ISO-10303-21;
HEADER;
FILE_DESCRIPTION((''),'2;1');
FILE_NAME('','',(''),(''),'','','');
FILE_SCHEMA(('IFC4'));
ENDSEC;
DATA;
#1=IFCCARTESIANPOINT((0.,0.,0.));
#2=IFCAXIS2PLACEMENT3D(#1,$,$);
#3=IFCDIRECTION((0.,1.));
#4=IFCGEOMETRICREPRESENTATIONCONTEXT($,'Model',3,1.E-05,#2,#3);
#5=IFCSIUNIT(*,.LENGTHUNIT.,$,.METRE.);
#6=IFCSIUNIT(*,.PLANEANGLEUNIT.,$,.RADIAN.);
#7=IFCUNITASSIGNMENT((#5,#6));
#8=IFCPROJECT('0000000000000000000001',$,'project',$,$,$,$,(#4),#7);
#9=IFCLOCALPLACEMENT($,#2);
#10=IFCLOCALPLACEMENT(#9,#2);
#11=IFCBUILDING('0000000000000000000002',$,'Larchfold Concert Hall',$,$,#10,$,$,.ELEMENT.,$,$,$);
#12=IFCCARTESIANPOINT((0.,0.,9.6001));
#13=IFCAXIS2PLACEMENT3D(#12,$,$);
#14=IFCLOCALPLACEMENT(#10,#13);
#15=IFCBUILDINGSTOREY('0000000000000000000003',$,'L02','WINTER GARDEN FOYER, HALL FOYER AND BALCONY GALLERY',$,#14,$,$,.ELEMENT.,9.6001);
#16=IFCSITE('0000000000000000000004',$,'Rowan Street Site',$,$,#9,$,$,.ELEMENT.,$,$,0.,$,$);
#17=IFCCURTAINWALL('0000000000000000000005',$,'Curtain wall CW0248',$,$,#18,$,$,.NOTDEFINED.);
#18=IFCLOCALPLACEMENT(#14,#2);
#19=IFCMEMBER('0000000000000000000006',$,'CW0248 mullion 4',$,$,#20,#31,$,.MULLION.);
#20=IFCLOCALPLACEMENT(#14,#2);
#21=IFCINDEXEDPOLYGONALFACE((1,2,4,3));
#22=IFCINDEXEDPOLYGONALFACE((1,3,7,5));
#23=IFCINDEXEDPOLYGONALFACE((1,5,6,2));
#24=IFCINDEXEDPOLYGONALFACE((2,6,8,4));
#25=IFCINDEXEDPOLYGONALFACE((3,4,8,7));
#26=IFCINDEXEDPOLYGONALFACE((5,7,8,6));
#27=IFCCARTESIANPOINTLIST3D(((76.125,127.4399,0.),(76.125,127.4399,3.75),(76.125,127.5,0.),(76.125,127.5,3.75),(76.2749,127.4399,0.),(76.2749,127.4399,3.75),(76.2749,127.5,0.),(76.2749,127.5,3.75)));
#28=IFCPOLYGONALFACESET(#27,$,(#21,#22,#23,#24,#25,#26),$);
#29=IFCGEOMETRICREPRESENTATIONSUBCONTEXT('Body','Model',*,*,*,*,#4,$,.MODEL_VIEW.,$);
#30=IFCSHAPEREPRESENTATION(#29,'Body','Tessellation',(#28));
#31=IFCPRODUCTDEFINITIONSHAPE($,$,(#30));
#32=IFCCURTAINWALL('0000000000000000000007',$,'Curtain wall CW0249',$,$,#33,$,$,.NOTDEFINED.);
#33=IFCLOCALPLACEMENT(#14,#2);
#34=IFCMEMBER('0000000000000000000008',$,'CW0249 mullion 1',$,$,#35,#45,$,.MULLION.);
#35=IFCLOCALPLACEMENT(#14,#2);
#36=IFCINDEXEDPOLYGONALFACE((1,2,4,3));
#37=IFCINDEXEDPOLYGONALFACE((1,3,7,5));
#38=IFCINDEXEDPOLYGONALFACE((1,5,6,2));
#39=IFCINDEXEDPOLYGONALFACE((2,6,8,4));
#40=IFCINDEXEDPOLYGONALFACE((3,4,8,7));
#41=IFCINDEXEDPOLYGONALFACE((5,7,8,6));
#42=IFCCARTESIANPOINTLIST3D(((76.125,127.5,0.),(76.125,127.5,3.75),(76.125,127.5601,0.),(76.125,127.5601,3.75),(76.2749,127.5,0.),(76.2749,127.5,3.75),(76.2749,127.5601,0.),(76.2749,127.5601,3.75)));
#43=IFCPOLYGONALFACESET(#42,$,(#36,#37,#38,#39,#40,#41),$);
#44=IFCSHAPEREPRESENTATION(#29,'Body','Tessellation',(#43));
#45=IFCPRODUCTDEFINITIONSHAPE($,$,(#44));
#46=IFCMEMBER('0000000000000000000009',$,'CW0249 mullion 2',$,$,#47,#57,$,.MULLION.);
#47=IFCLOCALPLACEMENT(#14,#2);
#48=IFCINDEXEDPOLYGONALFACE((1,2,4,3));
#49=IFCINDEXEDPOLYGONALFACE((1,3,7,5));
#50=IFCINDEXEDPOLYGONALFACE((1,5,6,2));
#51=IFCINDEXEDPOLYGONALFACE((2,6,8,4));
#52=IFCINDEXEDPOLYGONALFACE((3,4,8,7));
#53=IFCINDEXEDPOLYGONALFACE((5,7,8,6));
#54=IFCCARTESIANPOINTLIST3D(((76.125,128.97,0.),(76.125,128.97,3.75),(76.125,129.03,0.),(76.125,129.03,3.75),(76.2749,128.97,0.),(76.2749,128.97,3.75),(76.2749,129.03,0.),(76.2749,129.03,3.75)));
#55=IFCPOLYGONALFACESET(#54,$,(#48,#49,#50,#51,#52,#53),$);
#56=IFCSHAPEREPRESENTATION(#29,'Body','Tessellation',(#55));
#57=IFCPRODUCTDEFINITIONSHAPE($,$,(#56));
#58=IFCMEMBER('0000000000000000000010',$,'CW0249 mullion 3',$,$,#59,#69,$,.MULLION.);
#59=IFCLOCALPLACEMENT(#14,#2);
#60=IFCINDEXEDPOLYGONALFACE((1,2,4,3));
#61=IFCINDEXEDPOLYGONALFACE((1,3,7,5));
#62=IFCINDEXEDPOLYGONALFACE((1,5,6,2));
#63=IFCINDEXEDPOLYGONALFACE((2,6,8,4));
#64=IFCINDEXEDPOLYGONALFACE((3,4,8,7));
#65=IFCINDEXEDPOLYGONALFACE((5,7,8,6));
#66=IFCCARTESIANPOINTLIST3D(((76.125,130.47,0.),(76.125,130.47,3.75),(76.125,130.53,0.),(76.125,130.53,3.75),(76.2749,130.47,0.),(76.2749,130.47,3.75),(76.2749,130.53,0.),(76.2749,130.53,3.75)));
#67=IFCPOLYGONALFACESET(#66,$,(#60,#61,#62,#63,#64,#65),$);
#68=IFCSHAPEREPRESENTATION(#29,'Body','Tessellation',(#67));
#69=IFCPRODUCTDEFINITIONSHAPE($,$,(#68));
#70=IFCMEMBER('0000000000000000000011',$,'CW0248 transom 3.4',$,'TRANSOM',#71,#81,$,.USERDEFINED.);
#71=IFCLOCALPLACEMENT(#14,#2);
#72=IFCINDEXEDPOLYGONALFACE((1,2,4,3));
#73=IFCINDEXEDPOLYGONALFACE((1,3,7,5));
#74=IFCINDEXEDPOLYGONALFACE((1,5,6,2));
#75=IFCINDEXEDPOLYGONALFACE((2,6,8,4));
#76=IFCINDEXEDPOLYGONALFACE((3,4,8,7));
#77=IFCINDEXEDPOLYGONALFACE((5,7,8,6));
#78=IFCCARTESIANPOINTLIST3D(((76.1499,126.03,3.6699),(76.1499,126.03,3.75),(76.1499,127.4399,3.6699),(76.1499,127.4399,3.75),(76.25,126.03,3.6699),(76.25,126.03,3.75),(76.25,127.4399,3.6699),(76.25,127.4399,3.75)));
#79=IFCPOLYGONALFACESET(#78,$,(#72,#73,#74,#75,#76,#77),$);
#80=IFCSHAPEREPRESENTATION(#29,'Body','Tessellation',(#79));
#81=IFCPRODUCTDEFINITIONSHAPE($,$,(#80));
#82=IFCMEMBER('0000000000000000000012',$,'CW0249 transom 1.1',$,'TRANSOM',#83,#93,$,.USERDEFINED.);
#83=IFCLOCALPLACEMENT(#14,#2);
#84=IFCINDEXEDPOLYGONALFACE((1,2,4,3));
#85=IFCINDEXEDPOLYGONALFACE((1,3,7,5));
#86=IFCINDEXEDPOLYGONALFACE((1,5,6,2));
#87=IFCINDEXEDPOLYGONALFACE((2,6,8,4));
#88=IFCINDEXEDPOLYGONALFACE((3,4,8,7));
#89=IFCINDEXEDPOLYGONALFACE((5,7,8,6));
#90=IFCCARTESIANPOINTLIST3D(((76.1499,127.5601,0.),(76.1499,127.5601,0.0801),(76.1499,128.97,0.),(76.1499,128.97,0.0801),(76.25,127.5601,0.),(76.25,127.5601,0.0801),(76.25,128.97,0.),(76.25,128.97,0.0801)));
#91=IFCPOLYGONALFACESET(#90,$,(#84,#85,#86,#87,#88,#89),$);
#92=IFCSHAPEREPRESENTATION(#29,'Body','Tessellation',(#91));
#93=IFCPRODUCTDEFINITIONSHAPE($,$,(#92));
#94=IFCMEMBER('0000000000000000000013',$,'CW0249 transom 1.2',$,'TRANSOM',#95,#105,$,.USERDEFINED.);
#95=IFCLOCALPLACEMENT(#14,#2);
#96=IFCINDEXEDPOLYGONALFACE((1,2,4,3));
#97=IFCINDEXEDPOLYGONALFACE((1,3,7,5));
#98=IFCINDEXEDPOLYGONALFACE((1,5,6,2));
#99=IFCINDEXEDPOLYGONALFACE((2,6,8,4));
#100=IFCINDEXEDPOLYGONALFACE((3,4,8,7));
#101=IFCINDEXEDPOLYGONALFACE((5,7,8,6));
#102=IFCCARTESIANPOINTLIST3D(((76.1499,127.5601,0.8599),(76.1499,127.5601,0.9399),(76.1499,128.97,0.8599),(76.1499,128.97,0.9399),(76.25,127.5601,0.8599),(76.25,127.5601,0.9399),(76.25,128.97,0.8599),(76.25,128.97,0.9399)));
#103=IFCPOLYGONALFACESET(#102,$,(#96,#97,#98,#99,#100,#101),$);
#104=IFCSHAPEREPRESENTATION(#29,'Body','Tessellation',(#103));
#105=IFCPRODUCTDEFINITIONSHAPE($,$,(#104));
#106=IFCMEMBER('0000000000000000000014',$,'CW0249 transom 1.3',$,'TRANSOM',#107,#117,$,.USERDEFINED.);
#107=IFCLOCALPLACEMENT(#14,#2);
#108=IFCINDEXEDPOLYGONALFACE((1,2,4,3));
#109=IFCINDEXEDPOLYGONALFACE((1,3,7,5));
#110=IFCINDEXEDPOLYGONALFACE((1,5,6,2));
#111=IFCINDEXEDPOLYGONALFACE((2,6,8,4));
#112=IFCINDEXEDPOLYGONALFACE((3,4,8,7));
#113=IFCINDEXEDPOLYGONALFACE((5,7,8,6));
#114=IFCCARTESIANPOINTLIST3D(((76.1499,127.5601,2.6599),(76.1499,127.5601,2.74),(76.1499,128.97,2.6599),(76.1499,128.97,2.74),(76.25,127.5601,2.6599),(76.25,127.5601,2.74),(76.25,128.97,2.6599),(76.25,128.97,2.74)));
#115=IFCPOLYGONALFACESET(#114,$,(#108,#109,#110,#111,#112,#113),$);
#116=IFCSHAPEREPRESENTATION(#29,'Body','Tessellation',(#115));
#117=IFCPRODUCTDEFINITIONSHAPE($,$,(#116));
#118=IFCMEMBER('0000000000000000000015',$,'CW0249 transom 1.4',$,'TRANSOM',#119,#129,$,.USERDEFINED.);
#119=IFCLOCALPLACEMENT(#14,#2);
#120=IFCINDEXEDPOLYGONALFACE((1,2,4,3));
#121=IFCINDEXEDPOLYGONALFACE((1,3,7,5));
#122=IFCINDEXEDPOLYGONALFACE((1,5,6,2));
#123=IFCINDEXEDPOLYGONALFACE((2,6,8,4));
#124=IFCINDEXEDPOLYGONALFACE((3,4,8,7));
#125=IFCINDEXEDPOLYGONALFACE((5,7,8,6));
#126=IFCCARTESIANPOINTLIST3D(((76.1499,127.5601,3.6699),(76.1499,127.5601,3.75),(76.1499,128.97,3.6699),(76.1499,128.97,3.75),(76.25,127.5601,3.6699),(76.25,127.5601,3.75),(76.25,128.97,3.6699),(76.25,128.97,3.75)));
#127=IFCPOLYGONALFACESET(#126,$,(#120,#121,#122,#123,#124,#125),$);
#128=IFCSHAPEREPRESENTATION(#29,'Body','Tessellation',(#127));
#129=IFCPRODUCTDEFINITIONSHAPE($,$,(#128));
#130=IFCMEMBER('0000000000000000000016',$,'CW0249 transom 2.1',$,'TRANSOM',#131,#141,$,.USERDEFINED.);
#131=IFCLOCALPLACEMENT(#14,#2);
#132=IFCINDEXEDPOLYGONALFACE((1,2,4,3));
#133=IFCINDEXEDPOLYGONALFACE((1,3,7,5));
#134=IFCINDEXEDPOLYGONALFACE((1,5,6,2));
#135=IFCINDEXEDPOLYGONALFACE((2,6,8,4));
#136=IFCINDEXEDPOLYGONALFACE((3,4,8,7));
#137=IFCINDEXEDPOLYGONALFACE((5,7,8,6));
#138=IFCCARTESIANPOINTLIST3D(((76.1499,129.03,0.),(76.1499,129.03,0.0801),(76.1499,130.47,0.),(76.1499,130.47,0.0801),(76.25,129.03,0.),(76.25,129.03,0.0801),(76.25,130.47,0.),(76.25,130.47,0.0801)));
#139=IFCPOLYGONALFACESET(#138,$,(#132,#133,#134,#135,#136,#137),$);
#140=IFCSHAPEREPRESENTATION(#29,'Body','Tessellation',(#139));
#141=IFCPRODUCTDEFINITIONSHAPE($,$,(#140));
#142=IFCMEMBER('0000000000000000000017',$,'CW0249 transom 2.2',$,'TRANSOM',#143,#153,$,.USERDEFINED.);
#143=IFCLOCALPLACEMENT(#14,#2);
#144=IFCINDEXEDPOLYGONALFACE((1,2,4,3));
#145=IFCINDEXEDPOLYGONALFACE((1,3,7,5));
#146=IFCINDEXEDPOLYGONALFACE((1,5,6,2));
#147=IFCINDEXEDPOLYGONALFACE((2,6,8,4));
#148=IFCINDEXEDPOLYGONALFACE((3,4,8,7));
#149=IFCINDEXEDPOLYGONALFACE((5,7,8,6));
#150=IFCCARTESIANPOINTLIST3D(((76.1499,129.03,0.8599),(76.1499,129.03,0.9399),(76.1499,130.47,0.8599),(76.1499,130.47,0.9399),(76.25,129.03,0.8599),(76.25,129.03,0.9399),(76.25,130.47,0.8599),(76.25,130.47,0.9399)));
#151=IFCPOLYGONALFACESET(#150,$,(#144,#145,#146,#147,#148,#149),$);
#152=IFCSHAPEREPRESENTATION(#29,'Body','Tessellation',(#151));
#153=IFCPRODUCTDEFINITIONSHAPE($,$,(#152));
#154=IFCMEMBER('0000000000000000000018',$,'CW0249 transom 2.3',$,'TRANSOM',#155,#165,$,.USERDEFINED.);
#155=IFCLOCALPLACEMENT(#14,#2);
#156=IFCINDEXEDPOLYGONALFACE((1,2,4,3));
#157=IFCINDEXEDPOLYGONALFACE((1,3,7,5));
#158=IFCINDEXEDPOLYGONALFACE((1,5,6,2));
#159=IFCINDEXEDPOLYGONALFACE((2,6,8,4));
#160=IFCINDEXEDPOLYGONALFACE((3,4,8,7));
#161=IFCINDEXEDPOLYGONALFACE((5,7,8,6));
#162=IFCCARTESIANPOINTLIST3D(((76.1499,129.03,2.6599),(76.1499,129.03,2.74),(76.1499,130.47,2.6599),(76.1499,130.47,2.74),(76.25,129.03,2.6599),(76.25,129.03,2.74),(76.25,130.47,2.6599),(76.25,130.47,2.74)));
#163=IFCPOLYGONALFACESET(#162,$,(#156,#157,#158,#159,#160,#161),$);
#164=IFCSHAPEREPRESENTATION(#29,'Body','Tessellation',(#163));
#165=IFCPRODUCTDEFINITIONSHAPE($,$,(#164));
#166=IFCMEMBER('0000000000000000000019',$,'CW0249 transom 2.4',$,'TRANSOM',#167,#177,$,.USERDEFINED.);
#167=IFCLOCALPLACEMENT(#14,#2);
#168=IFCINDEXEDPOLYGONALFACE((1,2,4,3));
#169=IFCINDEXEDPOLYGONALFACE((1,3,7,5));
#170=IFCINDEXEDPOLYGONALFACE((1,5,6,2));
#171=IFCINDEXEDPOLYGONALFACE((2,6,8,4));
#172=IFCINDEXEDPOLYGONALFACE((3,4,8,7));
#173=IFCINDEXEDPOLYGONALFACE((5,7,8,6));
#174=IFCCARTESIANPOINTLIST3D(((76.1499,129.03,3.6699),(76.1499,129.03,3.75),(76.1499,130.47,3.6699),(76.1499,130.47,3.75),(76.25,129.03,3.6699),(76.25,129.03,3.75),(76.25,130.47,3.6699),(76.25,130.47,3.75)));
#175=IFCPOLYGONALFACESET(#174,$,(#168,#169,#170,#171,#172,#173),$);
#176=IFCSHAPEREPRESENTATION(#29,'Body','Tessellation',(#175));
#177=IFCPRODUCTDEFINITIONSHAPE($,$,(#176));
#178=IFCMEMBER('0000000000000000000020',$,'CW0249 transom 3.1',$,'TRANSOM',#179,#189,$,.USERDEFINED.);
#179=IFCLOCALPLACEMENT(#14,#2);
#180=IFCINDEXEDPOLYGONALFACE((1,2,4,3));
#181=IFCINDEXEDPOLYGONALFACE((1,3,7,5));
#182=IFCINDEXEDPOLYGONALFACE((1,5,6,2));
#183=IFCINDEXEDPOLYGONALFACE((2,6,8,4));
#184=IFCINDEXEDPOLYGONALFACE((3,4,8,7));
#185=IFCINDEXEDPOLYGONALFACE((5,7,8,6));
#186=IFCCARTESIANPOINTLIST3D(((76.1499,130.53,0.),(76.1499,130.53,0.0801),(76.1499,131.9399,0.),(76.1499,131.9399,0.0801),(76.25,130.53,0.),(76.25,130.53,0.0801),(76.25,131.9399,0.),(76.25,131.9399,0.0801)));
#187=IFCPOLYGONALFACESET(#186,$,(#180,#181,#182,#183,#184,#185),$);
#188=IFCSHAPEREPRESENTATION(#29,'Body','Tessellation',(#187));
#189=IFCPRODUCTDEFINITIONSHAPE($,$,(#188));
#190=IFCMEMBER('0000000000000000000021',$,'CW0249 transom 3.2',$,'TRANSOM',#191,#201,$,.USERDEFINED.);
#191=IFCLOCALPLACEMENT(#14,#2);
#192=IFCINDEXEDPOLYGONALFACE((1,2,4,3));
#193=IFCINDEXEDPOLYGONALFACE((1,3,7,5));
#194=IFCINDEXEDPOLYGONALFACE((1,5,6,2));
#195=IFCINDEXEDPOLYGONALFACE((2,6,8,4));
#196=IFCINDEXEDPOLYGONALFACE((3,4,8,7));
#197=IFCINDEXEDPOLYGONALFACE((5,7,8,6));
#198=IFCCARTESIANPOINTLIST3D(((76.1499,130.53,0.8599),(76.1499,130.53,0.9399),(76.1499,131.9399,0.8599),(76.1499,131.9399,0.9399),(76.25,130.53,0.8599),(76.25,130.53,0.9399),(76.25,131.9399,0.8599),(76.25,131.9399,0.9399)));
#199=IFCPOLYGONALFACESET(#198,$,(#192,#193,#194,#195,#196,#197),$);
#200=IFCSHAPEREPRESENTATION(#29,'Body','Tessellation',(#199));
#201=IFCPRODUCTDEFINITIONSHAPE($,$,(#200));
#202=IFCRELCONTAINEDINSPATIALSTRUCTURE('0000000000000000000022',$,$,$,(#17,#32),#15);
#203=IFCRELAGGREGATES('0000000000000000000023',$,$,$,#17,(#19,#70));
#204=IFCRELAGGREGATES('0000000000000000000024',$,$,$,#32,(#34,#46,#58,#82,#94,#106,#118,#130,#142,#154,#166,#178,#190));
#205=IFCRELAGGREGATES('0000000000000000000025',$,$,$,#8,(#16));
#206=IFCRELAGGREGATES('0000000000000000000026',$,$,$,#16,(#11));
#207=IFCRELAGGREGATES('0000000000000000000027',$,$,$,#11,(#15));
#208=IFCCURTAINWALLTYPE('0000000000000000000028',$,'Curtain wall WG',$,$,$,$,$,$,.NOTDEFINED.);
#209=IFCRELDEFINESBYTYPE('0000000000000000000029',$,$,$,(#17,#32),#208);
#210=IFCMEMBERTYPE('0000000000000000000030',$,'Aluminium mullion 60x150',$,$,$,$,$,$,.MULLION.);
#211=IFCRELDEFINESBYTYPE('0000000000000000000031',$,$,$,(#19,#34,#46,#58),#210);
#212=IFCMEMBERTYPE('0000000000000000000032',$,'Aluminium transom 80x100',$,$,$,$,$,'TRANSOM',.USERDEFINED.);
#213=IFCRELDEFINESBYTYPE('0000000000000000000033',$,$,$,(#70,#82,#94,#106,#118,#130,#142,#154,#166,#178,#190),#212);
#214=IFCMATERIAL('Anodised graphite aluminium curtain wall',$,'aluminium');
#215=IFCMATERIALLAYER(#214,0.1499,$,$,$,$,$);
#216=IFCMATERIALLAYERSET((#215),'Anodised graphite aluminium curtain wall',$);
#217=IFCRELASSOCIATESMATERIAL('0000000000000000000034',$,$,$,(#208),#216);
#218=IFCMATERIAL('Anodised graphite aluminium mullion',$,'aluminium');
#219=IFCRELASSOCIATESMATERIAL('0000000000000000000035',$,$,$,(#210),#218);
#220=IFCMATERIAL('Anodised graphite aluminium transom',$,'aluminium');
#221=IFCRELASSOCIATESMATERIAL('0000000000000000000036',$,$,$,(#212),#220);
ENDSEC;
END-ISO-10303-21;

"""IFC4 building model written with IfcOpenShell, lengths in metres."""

from ifc_helpers import new_model, si_unit, direction, frame, origin, origin_2d, place, context, subcontext, project, spatial, rectangle, extrude, material, layer, layer_set, material_profile, profile_set, type_object, element, aggregate, save


model = new_model("IFC4")

# Units and contexts
model_context = context("Model", 3, precision=1e-05, world=origin(), true_north=direction((0.0, 1.0)))
body_context = subcontext(model_context, "Body", "Model", "MODEL_VIEW")
ifc_project = project(units=[si_unit("LENGTHUNIT", "METRE"), si_unit("PLANEANGLEUNIT", "RADIAN")], contexts=[model_context])

# Site, building, storey
site_placement = place(None, origin())
site = spatial("IfcSite", under=ifc_project, at=site_placement, Name="Rowan Street Site", CompositionType="ELEMENT", RefElevation=0.0)
building_placement = place(site_placement, origin())
building = spatial("IfcBuilding", under=site, at=building_placement, Name="Larchfold Concert Hall", CompositionType="ELEMENT")
storey_placement = place(building_placement, frame((0.0, 0.0, 9.6001)))
storey = spatial("IfcBuildingStorey", under=building, at=storey_placement, Name="L02", Description="WINTER GARDEN FOYER, HALL FOYER AND BALCONY GALLERY", CompositionType="ELEMENT", Elevation=9.6001)

# Curtain wall, member
ifc_material_1 = material(Name="Anodised graphite aluminium curtain wall", Category="aluminium")
ifc_layer_1 = layer(ifc_material_1, 0.1499)
ifc_layer_set_1 = layer_set([ifc_layer_1], Name="Anodised graphite aluminium curtain wall")
curtain_wall_type = type_object("IfcCurtainWallType", Name="Curtain wall WG", PredefinedType="NOTDEFINED", material=ifc_layer_set_1)
curtain_wall_1_placement = place(storey_placement, origin())
curtain_wall_1 = element("IfcCurtainWall", 1, at=curtain_wall_1_placement, inside=storey, type_object=curtain_wall_type, Name="Curtain wall CW0248", PredefinedType="NOTDEFINED")
ifc_material_2 = material(Name="Anodised graphite aluminium mullion", Category="aluminium")
ifc_material_profile_1 = material_profile(ifc_material_2, rectangle(XDim=0.1499, YDim=0.0601, at=origin_2d()))
ifc_profile_set_1 = profile_set([ifc_material_profile_1], Name="Anodised graphite aluminium mullion")
member_type_1 = type_object("IfcMemberType", Name="Aluminium mullion 60x150", PredefinedType="MULLION", material=ifc_profile_set_1)
member_1_placement = place(storey_placement, frame((76.2, 127.47, 0.0), z_axis=(0.0, 0.0, 1.0), x_axis=(-1.0, 0.0, 0.0)))
member_1 = element("IfcMember", 2, at=member_1_placement, type_object=member_type_1, Name="CW0248 mullion 4", PredefinedType="MULLION", context=body_context, shape_type="SweptSolid", body=[
    extrude(rectangle(XDim=0.1499, YDim=0.0601, at=origin_2d()), origin(), (0.0, 0.0, 1.0), 3.75),
])

# Curtain wall, members
curtain_wall_2_placement = place(storey_placement, origin())
curtain_wall_2 = element("IfcCurtainWall", 3, at=curtain_wall_2_placement, inside=storey, type_object=curtain_wall_type, Name="Curtain wall CW0249", PredefinedType="NOTDEFINED")
member_2_placement = place(storey_placement, frame((76.2, 127.53, 0.0), z_axis=(0.0, 0.0, 1.0), x_axis=(-1.0, 0.0, 0.0)))
member_2 = element("IfcMember", 4, at=member_2_placement, type_object=member_type_1, Name="CW0249 mullion 1", PredefinedType="MULLION", context=body_context, shape_type="SweptSolid", body=[
    extrude(rectangle(XDim=0.1499, YDim=0.0601, at=origin_2d()), origin(), (0.0, 0.0, 1.0), 3.75),
])
member_3_placement = place(storey_placement, frame((76.2, 129.0, 0.0), z_axis=(0.0, 0.0, 1.0), x_axis=(-1.0, 0.0, 0.0)))
member_3 = element("IfcMember", 5, at=member_3_placement, type_object=member_type_1, Name="CW0249 mullion 2", PredefinedType="MULLION", context=body_context, shape_type="SweptSolid", body=[
    extrude(rectangle(XDim=0.1499, YDim=0.0601, at=origin_2d()), origin(), (0.0, 0.0, 1.0), 3.75),
])
member_4_placement = place(storey_placement, frame((76.2, 130.5, 0.0), z_axis=(0.0, 0.0, 1.0), x_axis=(-1.0, 0.0, 0.0)))
member_4 = element("IfcMember", 6, at=member_4_placement, type_object=member_type_1, Name="CW0249 mullion 3", PredefinedType="MULLION", context=body_context, shape_type="SweptSolid", body=[
    extrude(rectangle(XDim=0.1499, YDim=0.0601, at=origin_2d()), origin(), (0.0, 0.0, 1.0), 3.75),
])

# Members
ifc_material_3 = material(Name="Anodised graphite aluminium transom", Category="aluminium")
ifc_material_profile_2 = material_profile(ifc_material_3, rectangle(XDim=0.1001, YDim=0.0801, at=origin_2d()))
ifc_profile_set_2 = profile_set([ifc_material_profile_2], Name="Anodised graphite aluminium transom")
member_type_2 = type_object("IfcMemberType", Name="Aluminium transom 80x100", ElementType="TRANSOM", PredefinedType="USERDEFINED", material=ifc_profile_set_2)
member_5_placement = place(storey_placement, frame((76.2, 126.03, 3.71), z_axis=(0.0, 1.0, 0.0), x_axis=(-1.0, 0.0, 0.0)))
member_5 = element("IfcMember", 7, at=member_5_placement, type_object=member_type_2, Name="CW0248 transom 3.4", ObjectType="TRANSOM", PredefinedType="USERDEFINED", context=body_context, shape_type="SweptSolid", body=[
    extrude(rectangle(XDim=0.1001, YDim=0.0801, at=origin_2d()), origin(), (0.0, 0.0, 1.0), 1.4099),
])
member_6_placement = place(storey_placement, frame((76.2, 127.5601, 0.04), z_axis=(0.0, 1.0, 0.0), x_axis=(-1.0, 0.0, 0.0)))
member_6 = element("IfcMember", 8, at=member_6_placement, type_object=member_type_2, Name="CW0249 transom 1.1", ObjectType="TRANSOM", PredefinedType="USERDEFINED", context=body_context, shape_type="SweptSolid", body=[
    extrude(rectangle(XDim=0.1001, YDim=0.0801, at=origin_2d()), origin(), (0.0, 0.0, 1.0), 1.4099),
])
member_7_placement = place(storey_placement, frame((76.2, 127.5601, 0.8999), z_axis=(0.0, 1.0, 0.0), x_axis=(-1.0, 0.0, 0.0)))
member_7 = element("IfcMember", 9, at=member_7_placement, type_object=member_type_2, Name="CW0249 transom 1.2", ObjectType="TRANSOM", PredefinedType="USERDEFINED", context=body_context, shape_type="SweptSolid", body=[
    extrude(rectangle(XDim=0.1001, YDim=0.0801, at=origin_2d()), origin(), (0.0, 0.0, 1.0), 1.4099),
])
member_8_placement = place(storey_placement, frame((76.2, 127.5601, 2.7), z_axis=(0.0, 1.0, 0.0), x_axis=(-1.0, 0.0, 0.0)))
member_8 = element("IfcMember", 10, at=member_8_placement, type_object=member_type_2, Name="CW0249 transom 1.3", ObjectType="TRANSOM", PredefinedType="USERDEFINED", context=body_context, shape_type="SweptSolid", body=[
    extrude(rectangle(XDim=0.1001, YDim=0.0801, at=origin_2d()), origin(), (0.0, 0.0, 1.0), 1.4099),
])
member_9_placement = place(storey_placement, frame((76.2, 127.5601, 3.71), z_axis=(0.0, 1.0, 0.0), x_axis=(-1.0, 0.0, 0.0)))
member_9 = element("IfcMember", 11, at=member_9_placement, type_object=member_type_2, Name="CW0249 transom 1.4", ObjectType="TRANSOM", PredefinedType="USERDEFINED", context=body_context, shape_type="SweptSolid", body=[
    extrude(rectangle(XDim=0.1001, YDim=0.0801, at=origin_2d()), origin(), (0.0, 0.0, 1.0), 1.4099),
])
member_10_placement = place(storey_placement, frame((76.2, 129.03, 0.04), z_axis=(0.0, 1.0, 0.0), x_axis=(-1.0, 0.0, 0.0)))
member_10 = element("IfcMember", 12, at=member_10_placement, type_object=member_type_2, Name="CW0249 transom 2.1", ObjectType="TRANSOM", PredefinedType="USERDEFINED", context=body_context, shape_type="SweptSolid", body=[
    extrude(rectangle(XDim=0.1001, YDim=0.0801, at=origin_2d()), origin(), (0.0, 0.0, 1.0), 1.4399),
])
member_11_placement = place(storey_placement, frame((76.2, 129.03, 0.8999), z_axis=(0.0, 1.0, 0.0), x_axis=(-1.0, 0.0, 0.0)))
member_11 = element("IfcMember", 13, at=member_11_placement, type_object=member_type_2, Name="CW0249 transom 2.2", ObjectType="TRANSOM", PredefinedType="USERDEFINED", context=body_context, shape_type="SweptSolid", body=[
    extrude(rectangle(XDim=0.1001, YDim=0.0801, at=origin_2d()), origin(), (0.0, 0.0, 1.0), 1.4399),
])
member_12_placement = place(storey_placement, frame((76.2, 129.03, 2.7), z_axis=(0.0, 1.0, 0.0), x_axis=(-1.0, 0.0, 0.0)))
member_12 = element("IfcMember", 14, at=member_12_placement, type_object=member_type_2, Name="CW0249 transom 2.3", ObjectType="TRANSOM", PredefinedType="USERDEFINED", context=body_context, shape_type="SweptSolid", body=[
    extrude(rectangle(XDim=0.1001, YDim=0.0801, at=origin_2d()), origin(), (0.0, 0.0, 1.0), 1.4399),
])
member_13_placement = place(storey_placement, frame((76.2, 129.03, 3.71), z_axis=(0.0, 1.0, 0.0), x_axis=(-1.0, 0.0, 0.0)))
member_13 = element("IfcMember", 15, at=member_13_placement, type_object=member_type_2, Name="CW0249 transom 2.4", ObjectType="TRANSOM", PredefinedType="USERDEFINED", context=body_context, shape_type="SweptSolid", body=[
    extrude(rectangle(XDim=0.1001, YDim=0.0801, at=origin_2d()), origin(), (0.0, 0.0, 1.0), 1.4399),
])
member_14_placement = place(storey_placement, frame((76.2, 130.53, 0.04), z_axis=(0.0, 1.0, 0.0), x_axis=(-1.0, 0.0, 0.0)))
member_14 = element("IfcMember", 16, at=member_14_placement, type_object=member_type_2, Name="CW0249 transom 3.1", ObjectType="TRANSOM", PredefinedType="USERDEFINED", context=body_context, shape_type="SweptSolid", body=[
    extrude(rectangle(XDim=0.1001, YDim=0.0801, at=origin_2d()), origin(), (0.0, 0.0, 1.0), 1.4099),
])
member_15_placement = place(storey_placement, frame((76.2, 130.53, 0.8999), z_axis=(0.0, 1.0, 0.0), x_axis=(-1.0, 0.0, 0.0)))
member_15 = element("IfcMember", 17, at=member_15_placement, type_object=member_type_2, Name="CW0249 transom 3.2", ObjectType="TRANSOM", PredefinedType="USERDEFINED", context=body_context, shape_type="SweptSolid", body=[
    extrude(rectangle(XDim=0.1001, YDim=0.0801, at=origin_2d()), origin(), (0.0, 0.0, 1.0), 1.4099),
])

aggregate(curtain_wall_1, [member_1, member_5])
aggregate(curtain_wall_2, [member_2, member_3, member_4, member_6, member_7, member_8, member_9, member_10, member_11, member_12, member_13, member_14, member_15])

save(model, "model.ifc")
